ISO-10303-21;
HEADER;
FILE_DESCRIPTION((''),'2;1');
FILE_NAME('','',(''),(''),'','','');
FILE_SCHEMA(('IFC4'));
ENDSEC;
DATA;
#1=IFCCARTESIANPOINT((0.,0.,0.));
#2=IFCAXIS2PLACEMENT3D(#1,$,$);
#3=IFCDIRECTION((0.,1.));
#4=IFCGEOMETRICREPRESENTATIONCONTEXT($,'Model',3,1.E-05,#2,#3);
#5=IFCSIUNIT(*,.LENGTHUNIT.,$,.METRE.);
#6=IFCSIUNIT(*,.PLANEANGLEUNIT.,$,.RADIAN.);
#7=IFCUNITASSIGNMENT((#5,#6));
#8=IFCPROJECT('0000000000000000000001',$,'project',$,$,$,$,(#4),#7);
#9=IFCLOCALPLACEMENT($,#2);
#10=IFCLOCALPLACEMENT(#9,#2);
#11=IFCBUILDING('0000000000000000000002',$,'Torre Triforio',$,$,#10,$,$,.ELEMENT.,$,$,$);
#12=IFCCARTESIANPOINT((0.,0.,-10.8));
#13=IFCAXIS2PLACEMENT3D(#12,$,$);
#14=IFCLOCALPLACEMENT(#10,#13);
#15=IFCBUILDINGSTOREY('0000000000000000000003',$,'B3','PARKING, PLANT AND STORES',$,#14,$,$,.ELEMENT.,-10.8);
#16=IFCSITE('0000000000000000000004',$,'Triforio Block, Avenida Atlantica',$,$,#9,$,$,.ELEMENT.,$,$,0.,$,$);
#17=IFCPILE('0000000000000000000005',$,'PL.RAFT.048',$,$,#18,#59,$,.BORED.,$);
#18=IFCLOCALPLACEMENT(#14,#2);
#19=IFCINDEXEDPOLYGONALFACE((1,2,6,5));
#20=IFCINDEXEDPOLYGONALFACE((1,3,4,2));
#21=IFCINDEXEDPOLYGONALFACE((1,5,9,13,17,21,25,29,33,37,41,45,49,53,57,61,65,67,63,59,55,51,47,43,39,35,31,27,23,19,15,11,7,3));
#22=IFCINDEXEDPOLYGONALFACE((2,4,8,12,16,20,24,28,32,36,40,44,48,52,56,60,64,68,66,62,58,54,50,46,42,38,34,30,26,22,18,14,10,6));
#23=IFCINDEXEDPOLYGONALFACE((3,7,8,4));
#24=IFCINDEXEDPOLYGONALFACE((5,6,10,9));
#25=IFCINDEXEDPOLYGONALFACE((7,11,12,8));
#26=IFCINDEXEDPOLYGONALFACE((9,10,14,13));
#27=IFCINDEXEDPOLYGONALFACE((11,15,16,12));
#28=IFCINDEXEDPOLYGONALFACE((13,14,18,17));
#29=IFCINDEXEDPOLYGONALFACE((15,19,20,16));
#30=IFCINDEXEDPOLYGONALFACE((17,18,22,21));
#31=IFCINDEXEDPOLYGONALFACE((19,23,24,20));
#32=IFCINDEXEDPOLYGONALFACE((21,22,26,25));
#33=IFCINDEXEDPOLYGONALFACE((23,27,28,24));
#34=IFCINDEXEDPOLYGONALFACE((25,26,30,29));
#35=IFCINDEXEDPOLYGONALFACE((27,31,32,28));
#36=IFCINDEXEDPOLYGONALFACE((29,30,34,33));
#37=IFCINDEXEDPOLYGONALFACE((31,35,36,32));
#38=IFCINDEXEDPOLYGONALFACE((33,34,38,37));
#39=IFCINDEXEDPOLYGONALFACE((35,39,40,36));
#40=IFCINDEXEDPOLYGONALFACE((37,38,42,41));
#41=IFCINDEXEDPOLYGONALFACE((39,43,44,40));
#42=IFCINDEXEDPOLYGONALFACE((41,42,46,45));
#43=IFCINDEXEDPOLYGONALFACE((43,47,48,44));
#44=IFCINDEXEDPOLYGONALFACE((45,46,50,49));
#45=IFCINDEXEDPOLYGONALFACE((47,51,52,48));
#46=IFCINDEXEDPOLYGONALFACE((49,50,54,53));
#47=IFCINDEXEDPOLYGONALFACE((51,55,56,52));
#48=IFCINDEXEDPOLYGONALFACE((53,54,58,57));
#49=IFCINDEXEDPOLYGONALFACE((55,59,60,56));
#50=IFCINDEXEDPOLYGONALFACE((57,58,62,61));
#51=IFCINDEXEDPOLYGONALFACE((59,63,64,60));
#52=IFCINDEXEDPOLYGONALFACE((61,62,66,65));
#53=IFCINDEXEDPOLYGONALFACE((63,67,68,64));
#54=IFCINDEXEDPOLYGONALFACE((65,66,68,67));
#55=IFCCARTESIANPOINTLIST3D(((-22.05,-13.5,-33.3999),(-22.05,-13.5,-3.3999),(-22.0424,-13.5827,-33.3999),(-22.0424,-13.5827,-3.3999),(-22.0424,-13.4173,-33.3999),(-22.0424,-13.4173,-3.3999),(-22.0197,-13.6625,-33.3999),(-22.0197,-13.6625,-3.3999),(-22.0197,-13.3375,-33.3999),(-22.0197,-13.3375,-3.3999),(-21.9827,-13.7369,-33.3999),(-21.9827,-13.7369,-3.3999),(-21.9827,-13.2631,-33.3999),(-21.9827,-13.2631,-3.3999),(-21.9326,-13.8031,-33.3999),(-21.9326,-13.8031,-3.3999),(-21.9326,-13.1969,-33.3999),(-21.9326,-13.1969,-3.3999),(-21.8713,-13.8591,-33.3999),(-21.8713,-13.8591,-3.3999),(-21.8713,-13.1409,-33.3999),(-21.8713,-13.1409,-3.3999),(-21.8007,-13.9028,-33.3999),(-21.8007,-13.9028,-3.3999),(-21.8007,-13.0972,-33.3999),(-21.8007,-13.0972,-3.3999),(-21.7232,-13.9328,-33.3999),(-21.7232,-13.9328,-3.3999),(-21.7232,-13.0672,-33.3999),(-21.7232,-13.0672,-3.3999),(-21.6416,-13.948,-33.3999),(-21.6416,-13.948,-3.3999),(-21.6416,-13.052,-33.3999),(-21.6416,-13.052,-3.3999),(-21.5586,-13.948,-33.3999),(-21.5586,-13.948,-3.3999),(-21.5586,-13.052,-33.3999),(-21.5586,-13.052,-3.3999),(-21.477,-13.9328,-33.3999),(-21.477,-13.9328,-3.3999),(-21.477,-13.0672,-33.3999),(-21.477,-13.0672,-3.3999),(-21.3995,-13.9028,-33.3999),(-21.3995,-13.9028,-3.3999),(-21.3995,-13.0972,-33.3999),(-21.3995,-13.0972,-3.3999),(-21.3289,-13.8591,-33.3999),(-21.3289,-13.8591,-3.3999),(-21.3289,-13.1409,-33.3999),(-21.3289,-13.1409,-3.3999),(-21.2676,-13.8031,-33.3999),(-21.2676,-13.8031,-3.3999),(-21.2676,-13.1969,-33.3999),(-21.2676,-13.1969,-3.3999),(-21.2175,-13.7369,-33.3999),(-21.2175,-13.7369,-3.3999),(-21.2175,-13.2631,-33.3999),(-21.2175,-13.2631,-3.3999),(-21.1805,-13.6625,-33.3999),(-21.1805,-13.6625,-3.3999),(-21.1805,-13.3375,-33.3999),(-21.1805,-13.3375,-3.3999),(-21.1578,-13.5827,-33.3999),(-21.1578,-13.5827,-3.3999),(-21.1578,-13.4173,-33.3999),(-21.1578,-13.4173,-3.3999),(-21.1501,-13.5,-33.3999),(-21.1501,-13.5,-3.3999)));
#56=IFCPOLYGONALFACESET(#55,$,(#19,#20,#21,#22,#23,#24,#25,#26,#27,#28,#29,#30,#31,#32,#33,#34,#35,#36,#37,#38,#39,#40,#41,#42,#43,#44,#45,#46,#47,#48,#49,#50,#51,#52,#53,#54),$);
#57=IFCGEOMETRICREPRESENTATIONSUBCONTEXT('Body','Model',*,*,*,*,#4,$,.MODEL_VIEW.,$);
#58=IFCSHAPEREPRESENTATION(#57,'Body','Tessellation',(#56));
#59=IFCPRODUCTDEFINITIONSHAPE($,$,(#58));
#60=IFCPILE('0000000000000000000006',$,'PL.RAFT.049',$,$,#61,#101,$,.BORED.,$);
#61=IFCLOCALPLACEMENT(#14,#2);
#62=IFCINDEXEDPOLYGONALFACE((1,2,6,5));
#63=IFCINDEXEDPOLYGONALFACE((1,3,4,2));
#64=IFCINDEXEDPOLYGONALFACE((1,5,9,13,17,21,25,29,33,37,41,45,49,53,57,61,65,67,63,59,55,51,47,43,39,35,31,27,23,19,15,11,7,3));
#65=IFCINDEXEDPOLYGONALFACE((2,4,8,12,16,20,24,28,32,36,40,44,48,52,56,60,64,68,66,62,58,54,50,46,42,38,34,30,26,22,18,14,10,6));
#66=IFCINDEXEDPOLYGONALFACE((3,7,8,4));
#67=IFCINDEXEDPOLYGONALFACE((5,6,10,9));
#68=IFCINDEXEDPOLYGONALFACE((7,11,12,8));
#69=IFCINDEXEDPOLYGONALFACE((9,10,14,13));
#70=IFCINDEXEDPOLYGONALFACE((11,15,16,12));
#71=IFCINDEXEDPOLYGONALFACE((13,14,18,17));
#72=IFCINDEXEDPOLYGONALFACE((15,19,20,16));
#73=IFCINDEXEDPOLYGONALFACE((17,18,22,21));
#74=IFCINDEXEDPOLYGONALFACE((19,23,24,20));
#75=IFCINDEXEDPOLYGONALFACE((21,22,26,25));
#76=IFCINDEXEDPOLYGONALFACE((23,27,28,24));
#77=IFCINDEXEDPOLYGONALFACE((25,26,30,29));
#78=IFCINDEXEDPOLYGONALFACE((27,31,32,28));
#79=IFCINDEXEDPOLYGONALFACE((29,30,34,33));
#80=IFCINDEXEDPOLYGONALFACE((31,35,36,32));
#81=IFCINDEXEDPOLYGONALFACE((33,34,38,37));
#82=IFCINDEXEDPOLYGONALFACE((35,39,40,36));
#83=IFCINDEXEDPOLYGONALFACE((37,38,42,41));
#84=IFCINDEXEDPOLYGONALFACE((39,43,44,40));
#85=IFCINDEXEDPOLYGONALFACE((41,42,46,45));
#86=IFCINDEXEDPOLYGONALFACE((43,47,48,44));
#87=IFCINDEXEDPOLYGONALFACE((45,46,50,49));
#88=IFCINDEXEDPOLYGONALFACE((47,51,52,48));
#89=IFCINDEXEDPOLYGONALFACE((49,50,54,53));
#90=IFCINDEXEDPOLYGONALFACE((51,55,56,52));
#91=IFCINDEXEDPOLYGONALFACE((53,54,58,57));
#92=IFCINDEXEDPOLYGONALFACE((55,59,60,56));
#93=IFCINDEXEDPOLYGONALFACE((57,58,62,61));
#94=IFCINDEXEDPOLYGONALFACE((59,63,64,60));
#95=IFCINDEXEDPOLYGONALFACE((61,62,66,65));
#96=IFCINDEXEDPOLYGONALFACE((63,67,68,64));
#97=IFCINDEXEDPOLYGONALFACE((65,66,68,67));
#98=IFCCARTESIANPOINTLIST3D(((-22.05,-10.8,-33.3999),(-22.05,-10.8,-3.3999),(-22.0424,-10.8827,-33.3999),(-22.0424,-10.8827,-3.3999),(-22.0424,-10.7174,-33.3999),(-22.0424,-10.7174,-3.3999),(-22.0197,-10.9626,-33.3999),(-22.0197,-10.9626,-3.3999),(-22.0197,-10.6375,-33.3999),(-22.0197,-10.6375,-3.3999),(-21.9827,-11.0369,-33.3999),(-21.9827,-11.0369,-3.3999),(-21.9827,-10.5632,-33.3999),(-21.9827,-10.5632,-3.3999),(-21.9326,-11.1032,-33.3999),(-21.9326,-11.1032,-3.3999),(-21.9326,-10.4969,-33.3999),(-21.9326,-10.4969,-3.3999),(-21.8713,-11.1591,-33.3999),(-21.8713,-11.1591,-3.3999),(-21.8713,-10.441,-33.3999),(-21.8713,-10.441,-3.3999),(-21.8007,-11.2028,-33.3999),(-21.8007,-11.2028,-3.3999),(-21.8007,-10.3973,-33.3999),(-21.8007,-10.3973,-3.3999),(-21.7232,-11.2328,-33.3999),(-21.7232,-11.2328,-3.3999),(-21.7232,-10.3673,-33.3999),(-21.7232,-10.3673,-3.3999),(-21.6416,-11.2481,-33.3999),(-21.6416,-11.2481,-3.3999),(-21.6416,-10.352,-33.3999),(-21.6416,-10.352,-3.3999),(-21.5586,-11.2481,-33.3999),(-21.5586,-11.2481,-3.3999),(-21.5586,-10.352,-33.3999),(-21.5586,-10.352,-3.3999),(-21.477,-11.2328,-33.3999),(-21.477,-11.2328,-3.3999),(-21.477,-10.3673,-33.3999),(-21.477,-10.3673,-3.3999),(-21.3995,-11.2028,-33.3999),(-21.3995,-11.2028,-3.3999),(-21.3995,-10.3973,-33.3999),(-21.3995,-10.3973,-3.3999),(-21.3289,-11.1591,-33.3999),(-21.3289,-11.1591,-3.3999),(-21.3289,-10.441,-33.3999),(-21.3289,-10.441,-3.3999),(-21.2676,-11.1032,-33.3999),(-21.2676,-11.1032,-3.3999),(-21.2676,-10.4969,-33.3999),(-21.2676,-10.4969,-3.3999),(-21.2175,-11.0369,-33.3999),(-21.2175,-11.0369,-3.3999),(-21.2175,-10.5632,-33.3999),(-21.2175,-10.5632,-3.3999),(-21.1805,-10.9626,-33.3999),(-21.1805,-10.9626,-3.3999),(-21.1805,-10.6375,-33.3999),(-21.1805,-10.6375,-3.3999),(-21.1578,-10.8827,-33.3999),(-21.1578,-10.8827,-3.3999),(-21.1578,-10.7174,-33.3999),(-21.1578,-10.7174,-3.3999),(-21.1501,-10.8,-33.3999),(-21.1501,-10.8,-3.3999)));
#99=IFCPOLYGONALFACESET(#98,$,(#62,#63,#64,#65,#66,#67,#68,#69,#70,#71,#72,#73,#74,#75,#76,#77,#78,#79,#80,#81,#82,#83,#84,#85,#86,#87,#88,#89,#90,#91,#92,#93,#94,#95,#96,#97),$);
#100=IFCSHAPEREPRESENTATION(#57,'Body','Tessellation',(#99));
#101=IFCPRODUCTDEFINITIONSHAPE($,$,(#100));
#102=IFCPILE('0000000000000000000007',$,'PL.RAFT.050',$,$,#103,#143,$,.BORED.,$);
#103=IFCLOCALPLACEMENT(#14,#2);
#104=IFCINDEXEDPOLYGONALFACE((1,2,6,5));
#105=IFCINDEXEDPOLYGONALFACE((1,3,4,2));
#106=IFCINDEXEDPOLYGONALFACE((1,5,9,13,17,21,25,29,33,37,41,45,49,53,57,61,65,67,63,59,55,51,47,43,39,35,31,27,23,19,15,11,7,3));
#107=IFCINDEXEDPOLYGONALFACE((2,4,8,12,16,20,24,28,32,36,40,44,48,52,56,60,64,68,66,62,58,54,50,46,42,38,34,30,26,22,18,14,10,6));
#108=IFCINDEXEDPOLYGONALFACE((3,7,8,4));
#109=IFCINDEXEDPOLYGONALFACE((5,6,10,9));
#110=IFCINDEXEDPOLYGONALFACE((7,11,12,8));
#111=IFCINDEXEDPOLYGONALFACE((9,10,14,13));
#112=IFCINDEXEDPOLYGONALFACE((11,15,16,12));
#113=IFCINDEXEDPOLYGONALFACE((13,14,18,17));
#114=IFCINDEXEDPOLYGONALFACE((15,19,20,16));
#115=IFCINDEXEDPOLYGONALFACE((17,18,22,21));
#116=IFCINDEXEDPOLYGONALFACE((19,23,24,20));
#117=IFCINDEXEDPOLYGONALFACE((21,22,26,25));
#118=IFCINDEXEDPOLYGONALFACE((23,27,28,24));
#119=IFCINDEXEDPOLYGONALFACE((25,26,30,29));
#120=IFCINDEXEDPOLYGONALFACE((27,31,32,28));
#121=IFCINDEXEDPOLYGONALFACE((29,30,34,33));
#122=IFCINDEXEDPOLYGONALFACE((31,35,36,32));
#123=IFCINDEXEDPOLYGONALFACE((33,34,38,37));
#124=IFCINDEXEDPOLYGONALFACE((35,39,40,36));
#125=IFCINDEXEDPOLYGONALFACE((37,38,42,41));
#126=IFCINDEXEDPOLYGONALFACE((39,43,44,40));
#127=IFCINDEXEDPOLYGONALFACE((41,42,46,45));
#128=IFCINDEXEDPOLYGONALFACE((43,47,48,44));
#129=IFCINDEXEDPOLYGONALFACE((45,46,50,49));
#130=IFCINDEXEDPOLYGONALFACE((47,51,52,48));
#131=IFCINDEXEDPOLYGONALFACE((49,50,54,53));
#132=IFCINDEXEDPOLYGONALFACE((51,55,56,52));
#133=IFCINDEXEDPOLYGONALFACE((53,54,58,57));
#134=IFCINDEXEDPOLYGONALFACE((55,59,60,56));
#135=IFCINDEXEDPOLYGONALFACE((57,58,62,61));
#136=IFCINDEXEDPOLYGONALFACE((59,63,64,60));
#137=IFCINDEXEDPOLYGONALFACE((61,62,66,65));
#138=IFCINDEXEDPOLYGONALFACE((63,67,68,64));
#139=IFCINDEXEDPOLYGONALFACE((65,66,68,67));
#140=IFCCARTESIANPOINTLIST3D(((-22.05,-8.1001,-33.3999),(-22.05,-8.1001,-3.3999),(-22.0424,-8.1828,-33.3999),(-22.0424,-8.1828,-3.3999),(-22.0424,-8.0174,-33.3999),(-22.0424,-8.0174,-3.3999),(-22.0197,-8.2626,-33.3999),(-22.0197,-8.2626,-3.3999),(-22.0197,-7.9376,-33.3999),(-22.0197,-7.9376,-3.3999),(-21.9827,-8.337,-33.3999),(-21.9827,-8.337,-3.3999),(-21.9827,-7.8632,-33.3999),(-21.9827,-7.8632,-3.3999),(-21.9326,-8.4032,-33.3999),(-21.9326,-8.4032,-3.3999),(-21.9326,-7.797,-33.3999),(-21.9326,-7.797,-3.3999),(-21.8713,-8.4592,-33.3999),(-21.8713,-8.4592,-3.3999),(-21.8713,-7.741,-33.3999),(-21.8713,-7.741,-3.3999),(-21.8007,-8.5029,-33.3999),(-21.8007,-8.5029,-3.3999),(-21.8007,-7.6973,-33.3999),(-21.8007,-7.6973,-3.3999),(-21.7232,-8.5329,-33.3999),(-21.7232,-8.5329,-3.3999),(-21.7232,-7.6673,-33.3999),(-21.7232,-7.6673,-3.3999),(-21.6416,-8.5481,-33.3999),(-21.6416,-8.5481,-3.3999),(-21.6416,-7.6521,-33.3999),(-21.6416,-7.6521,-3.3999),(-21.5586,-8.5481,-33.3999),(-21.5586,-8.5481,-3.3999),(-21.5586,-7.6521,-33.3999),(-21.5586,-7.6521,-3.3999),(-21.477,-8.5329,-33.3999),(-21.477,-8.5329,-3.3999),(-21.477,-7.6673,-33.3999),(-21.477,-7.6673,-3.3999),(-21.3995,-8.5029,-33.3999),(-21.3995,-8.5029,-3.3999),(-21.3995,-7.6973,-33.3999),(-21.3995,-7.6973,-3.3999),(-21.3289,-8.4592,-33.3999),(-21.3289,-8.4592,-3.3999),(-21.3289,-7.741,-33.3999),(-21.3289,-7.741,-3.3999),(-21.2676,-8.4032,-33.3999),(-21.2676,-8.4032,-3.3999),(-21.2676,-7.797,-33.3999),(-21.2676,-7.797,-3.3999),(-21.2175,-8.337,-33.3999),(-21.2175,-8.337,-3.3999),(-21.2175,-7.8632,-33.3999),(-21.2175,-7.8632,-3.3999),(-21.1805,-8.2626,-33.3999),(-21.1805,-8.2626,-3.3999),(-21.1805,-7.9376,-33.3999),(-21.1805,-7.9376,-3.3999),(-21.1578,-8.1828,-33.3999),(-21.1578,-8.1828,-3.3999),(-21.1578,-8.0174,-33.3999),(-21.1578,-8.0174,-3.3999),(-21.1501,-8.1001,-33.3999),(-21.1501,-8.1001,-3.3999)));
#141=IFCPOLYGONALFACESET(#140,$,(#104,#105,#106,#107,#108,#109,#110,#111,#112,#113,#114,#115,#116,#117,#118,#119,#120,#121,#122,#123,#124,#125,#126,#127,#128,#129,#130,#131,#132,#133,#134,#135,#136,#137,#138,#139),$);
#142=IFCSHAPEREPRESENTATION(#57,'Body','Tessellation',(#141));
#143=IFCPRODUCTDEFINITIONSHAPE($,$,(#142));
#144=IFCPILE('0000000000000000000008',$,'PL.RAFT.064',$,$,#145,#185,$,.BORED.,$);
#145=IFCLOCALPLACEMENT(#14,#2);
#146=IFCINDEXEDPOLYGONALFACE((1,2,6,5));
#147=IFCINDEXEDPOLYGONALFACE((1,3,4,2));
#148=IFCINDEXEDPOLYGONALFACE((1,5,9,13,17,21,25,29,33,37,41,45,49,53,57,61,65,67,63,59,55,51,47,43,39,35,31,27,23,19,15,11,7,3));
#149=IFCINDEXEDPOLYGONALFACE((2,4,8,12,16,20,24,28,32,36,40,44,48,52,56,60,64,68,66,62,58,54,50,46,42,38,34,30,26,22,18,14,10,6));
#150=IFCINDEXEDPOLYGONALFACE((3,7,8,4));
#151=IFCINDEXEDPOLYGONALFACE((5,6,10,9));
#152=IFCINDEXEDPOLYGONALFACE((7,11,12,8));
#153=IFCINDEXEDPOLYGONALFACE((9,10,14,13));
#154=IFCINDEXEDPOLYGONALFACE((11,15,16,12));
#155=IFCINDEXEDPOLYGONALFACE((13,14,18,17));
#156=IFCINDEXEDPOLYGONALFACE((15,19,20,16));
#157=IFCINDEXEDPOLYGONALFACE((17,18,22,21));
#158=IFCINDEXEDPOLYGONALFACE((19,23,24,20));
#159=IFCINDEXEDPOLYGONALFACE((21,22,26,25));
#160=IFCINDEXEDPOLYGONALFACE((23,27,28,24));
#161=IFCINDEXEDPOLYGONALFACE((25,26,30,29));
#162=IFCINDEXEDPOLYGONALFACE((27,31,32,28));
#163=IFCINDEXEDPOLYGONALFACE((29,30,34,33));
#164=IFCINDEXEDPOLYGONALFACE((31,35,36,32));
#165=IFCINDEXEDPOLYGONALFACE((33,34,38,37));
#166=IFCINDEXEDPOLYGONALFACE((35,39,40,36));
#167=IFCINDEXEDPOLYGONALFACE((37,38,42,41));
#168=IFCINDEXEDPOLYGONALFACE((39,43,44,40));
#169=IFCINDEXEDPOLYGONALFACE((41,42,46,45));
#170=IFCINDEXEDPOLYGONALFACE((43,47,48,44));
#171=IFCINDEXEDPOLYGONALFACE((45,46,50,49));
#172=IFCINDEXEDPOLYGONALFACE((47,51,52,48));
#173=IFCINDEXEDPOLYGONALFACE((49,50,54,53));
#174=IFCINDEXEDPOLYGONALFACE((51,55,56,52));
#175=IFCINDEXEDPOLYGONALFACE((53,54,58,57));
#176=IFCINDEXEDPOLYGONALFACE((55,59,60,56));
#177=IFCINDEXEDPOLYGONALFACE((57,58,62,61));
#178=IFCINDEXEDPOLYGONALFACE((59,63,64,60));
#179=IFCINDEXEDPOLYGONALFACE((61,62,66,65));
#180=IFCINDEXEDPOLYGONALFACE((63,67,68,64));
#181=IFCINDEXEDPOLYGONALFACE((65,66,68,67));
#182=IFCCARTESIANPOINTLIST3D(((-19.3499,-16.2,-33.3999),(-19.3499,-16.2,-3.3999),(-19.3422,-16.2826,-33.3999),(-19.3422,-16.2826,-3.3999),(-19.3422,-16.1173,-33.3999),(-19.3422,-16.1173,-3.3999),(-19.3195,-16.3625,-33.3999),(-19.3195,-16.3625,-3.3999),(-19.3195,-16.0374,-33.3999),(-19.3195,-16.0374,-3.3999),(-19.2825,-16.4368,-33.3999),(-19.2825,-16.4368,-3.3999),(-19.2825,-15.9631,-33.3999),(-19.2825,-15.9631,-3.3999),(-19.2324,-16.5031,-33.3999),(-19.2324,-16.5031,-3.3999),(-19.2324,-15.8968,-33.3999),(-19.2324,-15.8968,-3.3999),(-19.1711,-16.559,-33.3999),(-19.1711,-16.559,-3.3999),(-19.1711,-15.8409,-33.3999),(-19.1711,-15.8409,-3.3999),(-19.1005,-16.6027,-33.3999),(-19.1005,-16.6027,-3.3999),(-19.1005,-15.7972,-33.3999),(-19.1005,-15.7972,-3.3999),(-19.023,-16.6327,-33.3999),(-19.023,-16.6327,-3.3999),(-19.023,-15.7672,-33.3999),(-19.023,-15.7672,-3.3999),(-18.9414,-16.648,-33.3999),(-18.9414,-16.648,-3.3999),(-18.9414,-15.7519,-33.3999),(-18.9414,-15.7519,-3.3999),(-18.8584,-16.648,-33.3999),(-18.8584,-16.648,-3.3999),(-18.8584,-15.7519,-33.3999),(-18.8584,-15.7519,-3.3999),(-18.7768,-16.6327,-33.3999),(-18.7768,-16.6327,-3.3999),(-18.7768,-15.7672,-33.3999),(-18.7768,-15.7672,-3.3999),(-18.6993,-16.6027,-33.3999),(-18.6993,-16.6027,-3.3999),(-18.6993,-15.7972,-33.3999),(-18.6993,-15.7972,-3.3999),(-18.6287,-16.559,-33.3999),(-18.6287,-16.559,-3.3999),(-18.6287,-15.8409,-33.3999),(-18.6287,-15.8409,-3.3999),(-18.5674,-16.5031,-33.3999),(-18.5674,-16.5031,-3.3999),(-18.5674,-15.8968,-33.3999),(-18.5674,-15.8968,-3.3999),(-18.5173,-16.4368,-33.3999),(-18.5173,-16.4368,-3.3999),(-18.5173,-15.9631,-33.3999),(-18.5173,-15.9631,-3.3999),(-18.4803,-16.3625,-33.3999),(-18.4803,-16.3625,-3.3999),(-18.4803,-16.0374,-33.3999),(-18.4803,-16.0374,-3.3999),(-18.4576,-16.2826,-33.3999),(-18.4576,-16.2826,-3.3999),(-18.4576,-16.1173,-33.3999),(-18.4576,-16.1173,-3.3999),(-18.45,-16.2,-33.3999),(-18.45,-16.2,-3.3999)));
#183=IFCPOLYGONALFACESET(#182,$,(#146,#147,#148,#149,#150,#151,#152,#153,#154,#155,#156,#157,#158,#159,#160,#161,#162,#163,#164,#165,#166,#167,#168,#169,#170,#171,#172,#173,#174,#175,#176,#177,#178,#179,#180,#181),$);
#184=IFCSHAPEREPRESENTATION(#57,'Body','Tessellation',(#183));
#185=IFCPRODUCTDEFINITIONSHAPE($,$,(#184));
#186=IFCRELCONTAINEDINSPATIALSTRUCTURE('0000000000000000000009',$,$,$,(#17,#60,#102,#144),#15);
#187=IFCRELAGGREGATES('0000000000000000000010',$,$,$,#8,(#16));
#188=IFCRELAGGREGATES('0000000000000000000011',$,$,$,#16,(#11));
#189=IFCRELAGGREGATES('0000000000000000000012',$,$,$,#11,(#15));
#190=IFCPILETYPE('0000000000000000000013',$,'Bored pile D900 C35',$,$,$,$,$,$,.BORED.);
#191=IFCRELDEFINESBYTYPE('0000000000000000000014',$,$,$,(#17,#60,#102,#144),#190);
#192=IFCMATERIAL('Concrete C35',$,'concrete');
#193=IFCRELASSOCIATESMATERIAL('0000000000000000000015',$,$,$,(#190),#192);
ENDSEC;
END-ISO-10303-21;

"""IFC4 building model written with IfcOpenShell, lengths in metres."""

from ifc_helpers import new_model, si_unit, direction, frame, origin, origin_2d, place, context, subcontext, project, spatial, circle, extrude, material, material_profile, profile_set, type_object, element, save


model = new_model("IFC4")

# Units and contexts
model_context = context("Model", 3, precision=1e-05, world=origin(), true_north=direction((0.0, 1.0)))
body_context = subcontext(model_context, "Body", "Model", "MODEL_VIEW")
ifc_project = project(units=[si_unit("LENGTHUNIT", "METRE"), si_unit("PLANEANGLEUNIT", "RADIAN")], contexts=[model_context])

# Site, building, storey
site_placement = place(None, origin())
site = spatial("IfcSite", under=ifc_project, at=site_placement, Name="Triforio Block, Avenida Atlantica", CompositionType="ELEMENT", RefElevation=0.0)
building_placement = place(site_placement, origin())
building = spatial("IfcBuilding", under=site, at=building_placement, Name="Torre Triforio", CompositionType="ELEMENT")
storey_placement = place(building_placement, frame((0.0, 0.0, -10.8)))
storey = spatial("IfcBuildingStorey", under=building, at=storey_placement, Name="B3", Description="PARKING, PLANT AND STORES", CompositionType="ELEMENT", Elevation=-10.8)

# Piles
ifc_material_1 = material(Name="Concrete C35", Category="concrete")
ifc_material_profile_1 = material_profile(ifc_material_1, circle(Radius=0.45, at=origin_2d()), Name="RC D900")
ifc_profile_set_1 = profile_set([ifc_material_profile_1], Name="Concrete C35")
pile_type = type_object("IfcPileType", Name="Bored pile D900 C35", PredefinedType="BORED", material=ifc_profile_set_1)
for number, where, z_axis, x_axis, name in (
    (1, (-21.6001, -13.5, -3.3999), (0.0, 0.0, -1.0), (1.0, 0.0, 0.0), "PL.RAFT.048"),
    (2, (-21.6001, -10.8, -3.3999), (0.0, 0.0, -1.0), (1.0, 0.0, 0.0), "PL.RAFT.049"),
    (3, (-21.6001, -8.1001, -3.3999), (0.0, 0.0, -1.0), (1.0, 0.0, 0.0), "PL.RAFT.050"),
    (4, (-18.8999, -16.2, -3.3999), (0.0, 0.0, -1.0), (1.0, 0.0, 0.0), "PL.RAFT.064"),
):
    element("IfcPile", number, at=place(storey_placement, frame(where, z_axis=z_axis, x_axis=x_axis)), inside=storey, type_object=pile_type, Name=name, PredefinedType="BORED", context=body_context, shape_type="SweptSolid", body=[
        extrude(circle(Radius=0.45, at=origin_2d()), origin(), (0.0, 0.0, 1.0), 30.0),
    ])

save(model, "model.ifc")
